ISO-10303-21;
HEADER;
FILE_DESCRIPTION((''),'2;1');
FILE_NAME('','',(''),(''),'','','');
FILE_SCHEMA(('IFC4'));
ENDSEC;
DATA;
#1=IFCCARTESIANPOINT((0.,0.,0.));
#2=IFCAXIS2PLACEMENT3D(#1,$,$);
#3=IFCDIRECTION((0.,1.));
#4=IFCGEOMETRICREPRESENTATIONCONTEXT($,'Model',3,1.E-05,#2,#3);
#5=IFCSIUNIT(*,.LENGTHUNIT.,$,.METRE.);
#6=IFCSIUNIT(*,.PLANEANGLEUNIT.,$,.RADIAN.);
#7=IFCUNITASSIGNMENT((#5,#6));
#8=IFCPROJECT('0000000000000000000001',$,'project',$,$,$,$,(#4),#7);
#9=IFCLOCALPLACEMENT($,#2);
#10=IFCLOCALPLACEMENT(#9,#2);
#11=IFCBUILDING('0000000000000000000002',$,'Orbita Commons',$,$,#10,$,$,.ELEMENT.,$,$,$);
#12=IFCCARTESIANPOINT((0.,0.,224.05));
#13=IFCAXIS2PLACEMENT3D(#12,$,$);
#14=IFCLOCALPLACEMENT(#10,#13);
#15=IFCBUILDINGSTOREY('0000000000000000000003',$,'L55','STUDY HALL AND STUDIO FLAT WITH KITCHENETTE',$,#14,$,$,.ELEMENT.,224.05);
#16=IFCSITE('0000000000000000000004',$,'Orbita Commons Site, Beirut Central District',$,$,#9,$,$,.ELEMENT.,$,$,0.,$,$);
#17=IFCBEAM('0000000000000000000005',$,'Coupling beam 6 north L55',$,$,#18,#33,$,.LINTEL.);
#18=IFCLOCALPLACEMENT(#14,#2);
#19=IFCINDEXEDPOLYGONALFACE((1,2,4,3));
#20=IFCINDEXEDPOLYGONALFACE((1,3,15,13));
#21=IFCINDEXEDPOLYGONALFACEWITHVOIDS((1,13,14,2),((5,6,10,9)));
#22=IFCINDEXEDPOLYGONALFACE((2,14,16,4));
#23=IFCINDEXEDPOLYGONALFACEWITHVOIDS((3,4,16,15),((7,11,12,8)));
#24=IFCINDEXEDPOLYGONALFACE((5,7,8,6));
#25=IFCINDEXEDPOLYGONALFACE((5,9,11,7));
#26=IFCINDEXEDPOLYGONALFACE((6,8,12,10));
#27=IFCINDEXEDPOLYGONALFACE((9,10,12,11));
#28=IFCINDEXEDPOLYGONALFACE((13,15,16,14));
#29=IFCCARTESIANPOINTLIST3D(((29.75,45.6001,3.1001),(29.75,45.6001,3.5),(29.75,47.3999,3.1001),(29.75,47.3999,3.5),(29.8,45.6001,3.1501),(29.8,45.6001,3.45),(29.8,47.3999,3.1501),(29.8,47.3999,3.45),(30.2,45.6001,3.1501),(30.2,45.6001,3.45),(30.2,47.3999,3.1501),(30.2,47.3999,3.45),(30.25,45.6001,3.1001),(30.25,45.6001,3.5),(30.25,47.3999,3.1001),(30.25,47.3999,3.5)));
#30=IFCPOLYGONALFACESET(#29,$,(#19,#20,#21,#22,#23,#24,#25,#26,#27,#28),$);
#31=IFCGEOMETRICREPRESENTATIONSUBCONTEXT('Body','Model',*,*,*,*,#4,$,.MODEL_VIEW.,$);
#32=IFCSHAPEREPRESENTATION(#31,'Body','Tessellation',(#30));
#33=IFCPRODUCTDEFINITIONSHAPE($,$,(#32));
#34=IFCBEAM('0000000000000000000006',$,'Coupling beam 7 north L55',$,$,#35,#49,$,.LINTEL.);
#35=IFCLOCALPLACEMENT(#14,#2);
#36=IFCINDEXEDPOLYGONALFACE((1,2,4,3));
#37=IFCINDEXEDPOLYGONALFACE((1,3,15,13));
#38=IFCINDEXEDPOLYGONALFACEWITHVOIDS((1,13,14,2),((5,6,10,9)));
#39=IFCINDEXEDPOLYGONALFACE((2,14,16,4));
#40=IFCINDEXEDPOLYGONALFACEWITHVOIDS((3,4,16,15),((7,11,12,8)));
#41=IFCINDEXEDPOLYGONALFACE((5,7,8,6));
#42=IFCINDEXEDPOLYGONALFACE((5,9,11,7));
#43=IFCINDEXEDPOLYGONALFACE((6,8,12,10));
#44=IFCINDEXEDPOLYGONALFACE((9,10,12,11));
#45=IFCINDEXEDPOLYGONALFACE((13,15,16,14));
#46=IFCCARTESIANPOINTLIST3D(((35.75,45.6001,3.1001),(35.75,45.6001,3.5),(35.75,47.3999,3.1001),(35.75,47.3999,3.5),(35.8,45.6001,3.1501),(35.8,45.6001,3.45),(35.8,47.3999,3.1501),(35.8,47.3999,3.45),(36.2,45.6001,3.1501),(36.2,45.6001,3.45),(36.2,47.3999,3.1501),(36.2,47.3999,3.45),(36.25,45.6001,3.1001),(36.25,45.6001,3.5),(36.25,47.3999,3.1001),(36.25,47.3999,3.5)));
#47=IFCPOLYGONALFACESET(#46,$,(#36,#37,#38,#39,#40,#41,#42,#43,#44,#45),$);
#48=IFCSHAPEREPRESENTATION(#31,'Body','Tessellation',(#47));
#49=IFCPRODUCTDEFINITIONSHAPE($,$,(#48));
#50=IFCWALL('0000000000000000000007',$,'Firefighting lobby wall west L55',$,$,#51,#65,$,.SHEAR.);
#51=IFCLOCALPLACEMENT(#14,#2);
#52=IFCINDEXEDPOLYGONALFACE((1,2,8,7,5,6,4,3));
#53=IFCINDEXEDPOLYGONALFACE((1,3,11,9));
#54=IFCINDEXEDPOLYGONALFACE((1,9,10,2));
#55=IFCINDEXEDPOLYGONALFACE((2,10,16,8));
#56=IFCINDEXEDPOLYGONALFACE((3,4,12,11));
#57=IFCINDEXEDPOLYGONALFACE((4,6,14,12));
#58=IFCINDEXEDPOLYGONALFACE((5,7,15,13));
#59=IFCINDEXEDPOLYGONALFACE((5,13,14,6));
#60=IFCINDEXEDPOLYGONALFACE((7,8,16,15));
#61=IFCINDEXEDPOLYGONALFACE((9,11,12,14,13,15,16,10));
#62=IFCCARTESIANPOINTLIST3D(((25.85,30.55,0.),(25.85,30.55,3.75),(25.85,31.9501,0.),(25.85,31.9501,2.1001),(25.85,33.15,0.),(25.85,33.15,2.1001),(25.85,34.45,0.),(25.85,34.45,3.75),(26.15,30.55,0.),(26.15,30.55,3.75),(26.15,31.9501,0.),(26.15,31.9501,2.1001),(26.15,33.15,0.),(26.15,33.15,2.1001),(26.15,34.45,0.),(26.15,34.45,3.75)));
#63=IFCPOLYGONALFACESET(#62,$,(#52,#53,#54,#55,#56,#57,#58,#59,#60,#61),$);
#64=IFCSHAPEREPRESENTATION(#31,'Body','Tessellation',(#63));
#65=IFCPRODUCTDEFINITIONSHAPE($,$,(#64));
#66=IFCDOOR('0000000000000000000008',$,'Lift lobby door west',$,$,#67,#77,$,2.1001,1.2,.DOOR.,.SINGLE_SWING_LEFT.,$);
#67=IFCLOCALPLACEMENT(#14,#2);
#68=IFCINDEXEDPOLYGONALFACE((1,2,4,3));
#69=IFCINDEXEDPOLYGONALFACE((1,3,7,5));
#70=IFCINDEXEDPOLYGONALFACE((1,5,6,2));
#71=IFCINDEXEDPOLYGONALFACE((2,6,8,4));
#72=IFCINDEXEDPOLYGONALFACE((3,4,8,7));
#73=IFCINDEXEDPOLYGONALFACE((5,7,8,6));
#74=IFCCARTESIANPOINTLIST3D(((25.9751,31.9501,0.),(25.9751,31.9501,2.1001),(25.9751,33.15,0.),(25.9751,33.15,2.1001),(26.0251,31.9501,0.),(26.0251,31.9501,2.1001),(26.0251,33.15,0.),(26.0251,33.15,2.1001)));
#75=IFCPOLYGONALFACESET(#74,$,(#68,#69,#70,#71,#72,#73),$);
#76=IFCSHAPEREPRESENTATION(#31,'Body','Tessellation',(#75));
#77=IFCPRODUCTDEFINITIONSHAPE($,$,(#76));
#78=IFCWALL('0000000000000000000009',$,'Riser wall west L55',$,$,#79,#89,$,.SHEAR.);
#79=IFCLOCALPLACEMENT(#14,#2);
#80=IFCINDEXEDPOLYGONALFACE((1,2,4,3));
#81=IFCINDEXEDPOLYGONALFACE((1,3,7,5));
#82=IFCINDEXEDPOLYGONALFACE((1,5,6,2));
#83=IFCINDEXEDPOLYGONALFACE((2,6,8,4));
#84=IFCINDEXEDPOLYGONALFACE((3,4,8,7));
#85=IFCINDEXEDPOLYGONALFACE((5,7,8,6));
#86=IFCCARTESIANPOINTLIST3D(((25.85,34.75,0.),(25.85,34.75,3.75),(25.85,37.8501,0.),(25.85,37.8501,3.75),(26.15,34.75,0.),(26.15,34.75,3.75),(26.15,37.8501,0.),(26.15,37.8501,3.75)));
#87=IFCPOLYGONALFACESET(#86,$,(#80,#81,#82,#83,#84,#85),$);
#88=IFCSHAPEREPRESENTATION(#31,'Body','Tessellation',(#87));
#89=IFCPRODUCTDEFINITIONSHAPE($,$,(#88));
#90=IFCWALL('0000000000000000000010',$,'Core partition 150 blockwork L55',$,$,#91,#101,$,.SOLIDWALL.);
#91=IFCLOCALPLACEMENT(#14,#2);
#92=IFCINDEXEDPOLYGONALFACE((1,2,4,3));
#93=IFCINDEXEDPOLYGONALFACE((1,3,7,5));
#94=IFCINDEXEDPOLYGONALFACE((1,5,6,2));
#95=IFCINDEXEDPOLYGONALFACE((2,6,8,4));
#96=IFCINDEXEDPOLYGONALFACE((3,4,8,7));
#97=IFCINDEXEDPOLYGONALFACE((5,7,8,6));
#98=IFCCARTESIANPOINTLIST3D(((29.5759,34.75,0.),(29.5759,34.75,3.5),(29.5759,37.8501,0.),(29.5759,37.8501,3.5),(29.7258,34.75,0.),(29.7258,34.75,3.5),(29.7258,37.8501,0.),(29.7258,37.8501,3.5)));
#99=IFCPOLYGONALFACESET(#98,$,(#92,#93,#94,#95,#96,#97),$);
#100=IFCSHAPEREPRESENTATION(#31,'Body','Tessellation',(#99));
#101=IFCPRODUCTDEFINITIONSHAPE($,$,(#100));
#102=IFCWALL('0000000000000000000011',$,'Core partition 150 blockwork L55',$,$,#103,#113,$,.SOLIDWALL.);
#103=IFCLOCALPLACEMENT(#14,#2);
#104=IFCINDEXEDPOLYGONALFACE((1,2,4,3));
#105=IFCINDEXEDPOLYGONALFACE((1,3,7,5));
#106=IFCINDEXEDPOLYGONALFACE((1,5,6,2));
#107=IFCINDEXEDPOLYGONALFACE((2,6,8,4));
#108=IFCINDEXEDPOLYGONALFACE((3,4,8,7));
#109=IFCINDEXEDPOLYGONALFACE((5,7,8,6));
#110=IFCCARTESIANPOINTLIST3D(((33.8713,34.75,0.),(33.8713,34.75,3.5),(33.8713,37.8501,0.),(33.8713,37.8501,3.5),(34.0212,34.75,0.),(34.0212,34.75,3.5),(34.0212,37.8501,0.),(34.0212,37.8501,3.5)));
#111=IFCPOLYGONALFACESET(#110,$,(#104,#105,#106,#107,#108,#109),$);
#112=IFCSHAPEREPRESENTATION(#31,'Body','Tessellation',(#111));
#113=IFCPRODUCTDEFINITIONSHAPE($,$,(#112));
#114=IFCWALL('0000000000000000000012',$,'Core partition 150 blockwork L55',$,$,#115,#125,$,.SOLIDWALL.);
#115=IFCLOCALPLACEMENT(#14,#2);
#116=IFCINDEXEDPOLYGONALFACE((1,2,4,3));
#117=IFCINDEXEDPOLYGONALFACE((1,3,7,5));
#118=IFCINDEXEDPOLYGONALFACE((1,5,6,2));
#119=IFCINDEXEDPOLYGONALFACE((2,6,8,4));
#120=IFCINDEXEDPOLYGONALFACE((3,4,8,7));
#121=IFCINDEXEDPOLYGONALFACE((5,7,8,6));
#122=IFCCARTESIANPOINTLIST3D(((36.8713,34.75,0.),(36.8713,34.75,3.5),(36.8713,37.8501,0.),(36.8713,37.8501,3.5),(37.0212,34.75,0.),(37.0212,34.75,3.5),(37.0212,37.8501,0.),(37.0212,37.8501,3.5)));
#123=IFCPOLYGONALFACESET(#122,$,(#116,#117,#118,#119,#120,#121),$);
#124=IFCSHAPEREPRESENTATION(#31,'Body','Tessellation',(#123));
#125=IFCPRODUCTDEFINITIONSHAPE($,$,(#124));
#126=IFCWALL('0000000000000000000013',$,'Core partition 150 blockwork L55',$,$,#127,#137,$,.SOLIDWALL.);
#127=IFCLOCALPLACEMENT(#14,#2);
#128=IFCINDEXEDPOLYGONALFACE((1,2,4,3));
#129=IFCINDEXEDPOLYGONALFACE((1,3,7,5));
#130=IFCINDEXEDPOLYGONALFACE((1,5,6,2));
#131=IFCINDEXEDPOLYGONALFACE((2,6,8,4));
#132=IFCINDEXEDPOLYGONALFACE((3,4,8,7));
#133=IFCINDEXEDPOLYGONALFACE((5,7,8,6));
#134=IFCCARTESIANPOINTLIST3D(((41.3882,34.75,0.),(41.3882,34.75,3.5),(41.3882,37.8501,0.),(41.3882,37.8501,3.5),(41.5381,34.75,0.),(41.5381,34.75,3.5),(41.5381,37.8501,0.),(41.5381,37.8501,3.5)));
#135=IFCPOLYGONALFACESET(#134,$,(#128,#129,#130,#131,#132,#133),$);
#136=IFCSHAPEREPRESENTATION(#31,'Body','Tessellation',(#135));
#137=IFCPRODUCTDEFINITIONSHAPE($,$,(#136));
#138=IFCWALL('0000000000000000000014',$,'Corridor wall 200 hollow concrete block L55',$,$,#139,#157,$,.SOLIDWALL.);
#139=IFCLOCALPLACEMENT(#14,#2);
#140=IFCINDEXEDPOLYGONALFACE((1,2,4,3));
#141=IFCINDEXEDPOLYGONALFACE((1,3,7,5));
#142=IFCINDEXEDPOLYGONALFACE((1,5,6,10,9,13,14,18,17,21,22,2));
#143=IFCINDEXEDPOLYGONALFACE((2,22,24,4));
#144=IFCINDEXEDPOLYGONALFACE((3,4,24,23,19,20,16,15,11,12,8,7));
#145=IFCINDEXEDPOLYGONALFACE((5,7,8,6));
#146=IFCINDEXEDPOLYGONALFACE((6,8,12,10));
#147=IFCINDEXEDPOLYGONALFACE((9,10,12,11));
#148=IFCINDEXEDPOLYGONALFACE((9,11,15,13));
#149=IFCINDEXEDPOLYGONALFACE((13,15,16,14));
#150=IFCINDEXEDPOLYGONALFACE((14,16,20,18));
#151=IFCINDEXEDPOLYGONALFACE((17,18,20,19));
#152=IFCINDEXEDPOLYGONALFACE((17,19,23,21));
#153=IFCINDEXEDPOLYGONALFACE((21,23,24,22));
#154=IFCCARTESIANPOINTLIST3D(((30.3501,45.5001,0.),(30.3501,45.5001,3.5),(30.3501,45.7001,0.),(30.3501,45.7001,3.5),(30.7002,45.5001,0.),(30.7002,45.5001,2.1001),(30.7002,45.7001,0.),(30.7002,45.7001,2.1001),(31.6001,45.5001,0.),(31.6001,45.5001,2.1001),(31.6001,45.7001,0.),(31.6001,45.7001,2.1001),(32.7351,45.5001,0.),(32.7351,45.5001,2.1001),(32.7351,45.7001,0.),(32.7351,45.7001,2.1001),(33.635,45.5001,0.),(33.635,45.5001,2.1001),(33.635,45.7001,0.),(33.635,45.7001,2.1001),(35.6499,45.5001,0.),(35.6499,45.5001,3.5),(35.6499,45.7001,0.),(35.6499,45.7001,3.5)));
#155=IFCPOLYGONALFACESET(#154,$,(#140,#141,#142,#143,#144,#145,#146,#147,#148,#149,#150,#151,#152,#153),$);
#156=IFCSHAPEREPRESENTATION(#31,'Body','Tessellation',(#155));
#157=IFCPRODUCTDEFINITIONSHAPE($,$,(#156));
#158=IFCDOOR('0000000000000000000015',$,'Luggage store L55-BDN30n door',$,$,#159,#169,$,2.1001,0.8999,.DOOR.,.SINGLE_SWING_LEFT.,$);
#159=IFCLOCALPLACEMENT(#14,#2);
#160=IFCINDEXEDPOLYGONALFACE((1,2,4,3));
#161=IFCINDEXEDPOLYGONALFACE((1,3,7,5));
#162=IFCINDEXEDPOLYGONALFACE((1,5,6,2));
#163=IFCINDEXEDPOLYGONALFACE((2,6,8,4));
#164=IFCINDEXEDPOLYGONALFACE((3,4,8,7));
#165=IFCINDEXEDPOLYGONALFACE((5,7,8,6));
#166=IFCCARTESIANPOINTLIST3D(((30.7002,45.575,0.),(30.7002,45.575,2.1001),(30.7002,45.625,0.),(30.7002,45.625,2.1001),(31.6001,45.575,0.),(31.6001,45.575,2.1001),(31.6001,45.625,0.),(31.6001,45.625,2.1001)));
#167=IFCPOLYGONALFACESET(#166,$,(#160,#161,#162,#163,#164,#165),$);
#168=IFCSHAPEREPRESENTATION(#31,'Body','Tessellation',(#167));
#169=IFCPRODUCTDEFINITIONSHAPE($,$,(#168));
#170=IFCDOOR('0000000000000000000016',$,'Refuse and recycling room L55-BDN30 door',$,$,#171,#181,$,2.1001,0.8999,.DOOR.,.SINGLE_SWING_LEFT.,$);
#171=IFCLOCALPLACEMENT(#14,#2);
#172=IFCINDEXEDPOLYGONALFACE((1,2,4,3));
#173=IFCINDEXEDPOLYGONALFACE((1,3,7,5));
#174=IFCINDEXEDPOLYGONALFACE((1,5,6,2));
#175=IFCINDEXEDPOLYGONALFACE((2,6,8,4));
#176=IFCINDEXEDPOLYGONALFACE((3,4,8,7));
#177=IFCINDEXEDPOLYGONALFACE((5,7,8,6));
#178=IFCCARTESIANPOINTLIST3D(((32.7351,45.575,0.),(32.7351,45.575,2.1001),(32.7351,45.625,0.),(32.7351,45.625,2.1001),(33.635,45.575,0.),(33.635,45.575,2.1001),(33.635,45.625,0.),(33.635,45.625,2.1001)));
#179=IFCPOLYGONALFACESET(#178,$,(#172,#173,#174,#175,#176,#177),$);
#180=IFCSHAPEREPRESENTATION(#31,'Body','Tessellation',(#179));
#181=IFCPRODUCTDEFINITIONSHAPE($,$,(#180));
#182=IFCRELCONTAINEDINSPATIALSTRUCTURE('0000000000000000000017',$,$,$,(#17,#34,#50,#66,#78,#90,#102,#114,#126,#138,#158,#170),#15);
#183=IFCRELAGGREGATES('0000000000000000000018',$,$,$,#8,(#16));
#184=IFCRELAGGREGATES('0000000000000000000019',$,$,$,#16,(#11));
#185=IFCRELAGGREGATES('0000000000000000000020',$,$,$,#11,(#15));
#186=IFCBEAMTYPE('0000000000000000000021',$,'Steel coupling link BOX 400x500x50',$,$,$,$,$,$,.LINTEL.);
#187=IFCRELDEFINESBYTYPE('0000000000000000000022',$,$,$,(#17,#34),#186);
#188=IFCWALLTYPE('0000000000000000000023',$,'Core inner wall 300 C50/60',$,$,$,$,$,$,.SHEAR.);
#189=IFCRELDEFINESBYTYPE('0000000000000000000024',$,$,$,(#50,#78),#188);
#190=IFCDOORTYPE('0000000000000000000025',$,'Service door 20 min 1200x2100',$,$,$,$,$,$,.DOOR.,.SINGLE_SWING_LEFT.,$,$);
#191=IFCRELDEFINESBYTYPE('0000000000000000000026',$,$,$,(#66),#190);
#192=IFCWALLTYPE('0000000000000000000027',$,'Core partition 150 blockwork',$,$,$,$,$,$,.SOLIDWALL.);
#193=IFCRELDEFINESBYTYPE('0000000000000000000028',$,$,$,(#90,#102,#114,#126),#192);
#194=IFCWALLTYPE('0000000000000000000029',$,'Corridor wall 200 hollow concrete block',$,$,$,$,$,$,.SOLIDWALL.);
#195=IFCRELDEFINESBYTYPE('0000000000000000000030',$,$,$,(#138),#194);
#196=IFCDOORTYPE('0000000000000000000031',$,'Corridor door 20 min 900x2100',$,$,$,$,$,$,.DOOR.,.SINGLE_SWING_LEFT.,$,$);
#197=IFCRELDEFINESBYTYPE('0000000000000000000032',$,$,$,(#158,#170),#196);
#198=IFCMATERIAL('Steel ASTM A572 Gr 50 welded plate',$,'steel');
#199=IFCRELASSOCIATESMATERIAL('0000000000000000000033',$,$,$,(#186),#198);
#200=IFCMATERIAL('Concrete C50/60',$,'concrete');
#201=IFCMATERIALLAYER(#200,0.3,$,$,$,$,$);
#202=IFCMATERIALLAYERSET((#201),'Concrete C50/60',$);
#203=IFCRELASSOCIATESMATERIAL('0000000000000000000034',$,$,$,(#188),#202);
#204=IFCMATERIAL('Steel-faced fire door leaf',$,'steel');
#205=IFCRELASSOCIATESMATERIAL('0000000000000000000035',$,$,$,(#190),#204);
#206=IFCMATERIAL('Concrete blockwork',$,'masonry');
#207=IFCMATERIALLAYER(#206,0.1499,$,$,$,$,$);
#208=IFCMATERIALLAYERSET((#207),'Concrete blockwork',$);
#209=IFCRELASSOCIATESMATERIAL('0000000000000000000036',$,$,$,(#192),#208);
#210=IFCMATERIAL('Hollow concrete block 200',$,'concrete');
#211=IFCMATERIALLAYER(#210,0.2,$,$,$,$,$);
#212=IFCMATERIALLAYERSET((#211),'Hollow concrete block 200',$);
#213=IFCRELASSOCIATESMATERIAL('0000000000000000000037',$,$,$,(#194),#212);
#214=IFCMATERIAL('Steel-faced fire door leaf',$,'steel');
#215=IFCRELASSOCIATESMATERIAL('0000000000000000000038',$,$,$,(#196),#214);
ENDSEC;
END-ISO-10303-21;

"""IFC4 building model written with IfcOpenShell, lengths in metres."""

from ifc_helpers import new_model, si_unit, direction, frame, frame_2d, origin, origin_2d, place, context, subcontext, project, spatial, rectangle, hollow_rectangle, extrude, material, layer, layer_set, material_profile, profile_set, type_object, element, fill, save


model = new_model("IFC4")

# Units and contexts
model_context = context("Model", 3, precision=1e-05, world=origin(), true_north=direction((0.0, 1.0)))
body_context = subcontext(model_context, "Body", "Model", "MODEL_VIEW")
ifc_project = project(units=[si_unit("LENGTHUNIT", "METRE"), si_unit("PLANEANGLEUNIT", "RADIAN")], contexts=[model_context])

# Site, building, storey
site_placement = place(None, origin())
site = spatial("IfcSite", under=ifc_project, at=site_placement, Name="Orbita Commons Site, Beirut Central District", CompositionType="ELEMENT", RefElevation=0.0)
building_placement = place(site_placement, origin())
building = spatial("IfcBuilding", under=site, at=building_placement, Name="Orbita Commons", CompositionType="ELEMENT")
storey_placement = place(building_placement, frame((0.0, 0.0, 224.05)))
storey = spatial("IfcBuildingStorey", under=building, at=storey_placement, Name="L55", Description="STUDY HALL AND STUDIO FLAT WITH KITCHENETTE", CompositionType="ELEMENT", Elevation=224.05)

# Beams
ifc_material_1 = material(Name="Steel ASTM A572 Gr 50 welded plate", Category="steel")
ifc_material_profile = material_profile(ifc_material_1, hollow_rectangle(XDim=0.5, YDim=0.3999, WallThickness=0.05, at=origin_2d()), Name="BOX 400x500x50")
ifc_profile_set = profile_set([ifc_material_profile], Name="Steel ASTM A572 Gr 50 welded plate")
beam_type = type_object("IfcBeamType", Name="Steel coupling link BOX 400x500x50", PredefinedType="LINTEL", material=ifc_profile_set)
for number, where, z_axis, x_axis, name in (
    (1, (30.0, 45.6001, 3.3), (0.0, 1.0, 0.0), (-1.0, 0.0, 0.0), "Coupling beam 6 north L55"),
    (2, (36.0, 45.6001, 3.3), (0.0, 1.0, 0.0), (-1.0, 0.0, 0.0), "Coupling beam 7 north L55"),
):
    element("IfcBeam", number, at=place(storey_placement, frame(where, z_axis=z_axis, x_axis=x_axis)), inside=storey, type_object=beam_type, Name=name, PredefinedType="LINTEL", context=body_context, shape_type="SweptSolid", body=[
        extrude(hollow_rectangle(XDim=0.5, YDim=0.3999, WallThickness=0.05, at=origin_2d()), origin(), (0.0, 0.0, 1.0), 1.7998),
    ])

# Wall, opening, door
ifc_material_2 = material(Name="Concrete C50/60", Category="concrete")
ifc_layer_1 = layer(ifc_material_2, 0.3)
ifc_layer_set_1 = layer_set([ifc_layer_1], Name="Concrete C50/60")
wall_type_1 = type_object("IfcWallType", Name="Core inner wall 300 C50/60", PredefinedType="SHEAR", material=ifc_layer_set_1)
wall_1_placement = place(storey_placement, frame((26.0, 30.55, 0.0), z_axis=(0.0, 0.0, 1.0), x_axis=(0.0, 1.0, 0.0)))
wall_1 = element("IfcWall", 3, at=wall_1_placement, inside=storey, type_object=wall_type_1, Name="Firefighting lobby wall west L55", PredefinedType="SHEAR", context=body_context, shape_type="SweptSolid", body=[
    extrude(rectangle(XDim=3.8999, YDim=0.3, at=frame_2d((1.95, 0.0))), origin(), (0.0, 0.0, 1.0), 3.75),
])
opening_1_placement = place(wall_1_placement, frame((1.3999, 0.0, 0.0)))
opening_1 = element("IfcOpeningElement", 4, at=opening_1_placement, cuts=wall_1, PredefinedType="OPENING", context=body_context, shape_type="SweptSolid", body=[
    extrude(rectangle(XDim=1.2, YDim=2.1001, at=frame_2d((0.6001, 1.05))), frame((0.0, 0.1599, 0.0), z_axis=(0.0, -1.0, 0.0), x_axis=(1.0, 0.0, 0.0)), (0.0, 0.0, 1.0), 0.3201),
])
ifc_material_3 = material(Name="Steel-faced fire door leaf", Category="steel")
door_type_1 = type_object("IfcDoorType", Name="Service door 20 min 1200x2100", OperationType="SINGLE_SWING_LEFT", PredefinedType="DOOR", material=ifc_material_3)
door_1_placement = place(opening_1_placement, origin())
door_1 = element("IfcDoor", 5, at=door_1_placement, inside=storey, type_object=door_type_1, Name="Lift lobby door west", OperationType="SINGLE_SWING_LEFT", OverallHeight=2.1001, OverallWidth=1.2, PredefinedType="DOOR", context=body_context, shape_type="SweptSolid", body=[
    extrude(rectangle(XDim=1.2, YDim=2.1001, at=frame_2d((0.6001, 1.05))), frame((0.0, 0.0249, 0.0), z_axis=(0.0, -1.0, 0.0), x_axis=(1.0, 0.0, 0.0)), (0.0, 0.0, 1.0), 0.05),
])
fill(opening_1, door_1)

# Walls
wall_2_placement = place(storey_placement, frame((26.0, 34.75, 0.0), z_axis=(0.0, 0.0, 1.0), x_axis=(0.0, 1.0, 0.0)))
element("IfcWall", 6, at=wall_2_placement, inside=storey, type_object=wall_type_1, Name="Riser wall west L55", PredefinedType="SHEAR", context=body_context, shape_type="SweptSolid", body=[
    extrude(rectangle(XDim=3.1001, YDim=0.3, at=frame_2d((1.55, 0.0))), origin(), (0.0, 0.0, 1.0), 3.75),
])
ifc_material_4 = material(Name="Concrete blockwork", Category="masonry")
ifc_layer_2 = layer(ifc_material_4, 0.1499)
ifc_layer_set_2 = layer_set([ifc_layer_2], Name="Concrete blockwork")
wall_type_2 = type_object("IfcWallType", Name="Core partition 150 blockwork", PredefinedType="SOLIDWALL", material=ifc_layer_set_2)
for number, where, z_axis, x_axis, name in (
    (7, (29.6509, 34.75, 0.0), (0.0, 0.0, 1.0), (0.0, 1.0, 0.0), "Core partition 150 blockwork L55"),
    (8, (33.9463, 34.75, 0.0), (0.0, 0.0, 1.0), (0.0, 1.0, 0.0), "Core partition 150 blockwork L55"),
    (9, (36.9463, 34.75, 0.0), (0.0, 0.0, 1.0), (0.0, 1.0, 0.0), "Core partition 150 blockwork L55"),
    (10, (41.4631, 34.75, 0.0), (0.0, 0.0, 1.0), (0.0, 1.0, 0.0), "Core partition 150 blockwork L55"),
):
    element("IfcWall", number, at=place(storey_placement, frame(where, z_axis=z_axis, x_axis=x_axis)), inside=storey, type_object=wall_type_2, Name=name, PredefinedType="SOLIDWALL", context=body_context, shape_type="SweptSolid", body=[
        extrude(rectangle(XDim=3.1001, YDim=0.1499, at=frame_2d((1.55, 0.0))), origin(), (0.0, 0.0, 1.0), 3.5),
    ])

# Wall, openings, doors
ifc_material_5 = material(Name="Hollow concrete block 200", Category="concrete")
ifc_layer_3 = layer(ifc_material_5, 0.2)
ifc_layer_set_3 = layer_set([ifc_layer_3], Name="Hollow concrete block 200")
wall_type_3 = type_object("IfcWallType", Name="Corridor wall 200 hollow concrete block", PredefinedType="SOLIDWALL", material=ifc_layer_set_3)
wall_3_placement = place(storey_placement, frame((30.3501, 45.6001, 0.0), z_axis=(0.0, 0.0, 1.0), x_axis=(1.0, 0.0, 0.0)))
wall_3 = element("IfcWall", 11, at=wall_3_placement, inside=storey, type_object=wall_type_3, Name="Corridor wall 200 hollow concrete block L55", PredefinedType="SOLIDWALL", context=body_context, shape_type="SweptSolid", body=[
    extrude(rectangle(XDim=5.2998, YDim=0.2, at=frame_2d((2.6499, 0.0))), origin(), (0.0, 0.0, 1.0), 3.5),
])
opening_2_placement = place(wall_3_placement, frame((0.3501, 0.0, 0.0)))
opening_2 = element("IfcOpeningElement", 12, at=opening_2_placement, cuts=wall_3, PredefinedType="OPENING", context=body_context, shape_type="SweptSolid", body=[
    extrude(rectangle(XDim=0.8999, YDim=2.1001, at=frame_2d((0.45, 1.05))), frame((0.0, 0.1099, 0.0), z_axis=(0.0, -1.0, 0.0), x_axis=(1.0, 0.0, 0.0)), (0.0, 0.0, 1.0), 0.22),
])
opening_3_placement = place(wall_3_placement, frame((2.385, 0.0, 0.0)))
opening_3 = element("IfcOpeningElement", 13, at=opening_3_placement, cuts=wall_3, PredefinedType="OPENING", context=body_context, shape_type="SweptSolid", body=[
    extrude(rectangle(XDim=0.8999, YDim=2.1001, at=frame_2d((0.45, 1.05))), frame((0.0, 0.1099, 0.0), z_axis=(0.0, -1.0, 0.0), x_axis=(1.0, 0.0, 0.0)), (0.0, 0.0, 1.0), 0.22),
])
ifc_material_6 = material(Name="Steel-faced fire door leaf", Category="steel")
door_type_2 = type_object("IfcDoorType", Name="Corridor door 20 min 900x2100", OperationType="SINGLE_SWING_LEFT", PredefinedType="DOOR", material=ifc_material_6)
door_2_placement = place(opening_2_placement, origin())
door_2 = element("IfcDoor", 14, at=door_2_placement, inside=storey, type_object=door_type_2, Name="Luggage store L55-BDN30n door", OperationType="SINGLE_SWING_LEFT", OverallHeight=2.1001, OverallWidth=0.8999, PredefinedType="DOOR", context=body_context, shape_type="SweptSolid", body=[
    extrude(rectangle(XDim=0.8999, YDim=2.1001, at=frame_2d((0.45, 1.05))), frame((0.0, 0.0249, 0.0), z_axis=(0.0, -1.0, 0.0), x_axis=(1.0, 0.0, 0.0)), (0.0, 0.0, 1.0), 0.05),
])
fill(opening_2, door_2)
door_3_placement = place(opening_3_placement, origin())
door_3 = element("IfcDoor", 15, at=door_3_placement, inside=storey, type_object=door_type_2, Name="Refuse and recycling room L55-BDN30 door", OperationType="SINGLE_SWING_LEFT", OverallHeight=2.1001, OverallWidth=0.8999, PredefinedType="DOOR", context=body_context, shape_type="SweptSolid", body=[
    extrude(rectangle(XDim=0.8999, YDim=2.1001, at=frame_2d((0.45, 1.05))), frame((0.0, 0.0249, 0.0), z_axis=(0.0, -1.0, 0.0), x_axis=(1.0, 0.0, 0.0)), (0.0, 0.0, 1.0), 0.05),
])
fill(opening_3, door_3)

save(model, "model.ifc")
